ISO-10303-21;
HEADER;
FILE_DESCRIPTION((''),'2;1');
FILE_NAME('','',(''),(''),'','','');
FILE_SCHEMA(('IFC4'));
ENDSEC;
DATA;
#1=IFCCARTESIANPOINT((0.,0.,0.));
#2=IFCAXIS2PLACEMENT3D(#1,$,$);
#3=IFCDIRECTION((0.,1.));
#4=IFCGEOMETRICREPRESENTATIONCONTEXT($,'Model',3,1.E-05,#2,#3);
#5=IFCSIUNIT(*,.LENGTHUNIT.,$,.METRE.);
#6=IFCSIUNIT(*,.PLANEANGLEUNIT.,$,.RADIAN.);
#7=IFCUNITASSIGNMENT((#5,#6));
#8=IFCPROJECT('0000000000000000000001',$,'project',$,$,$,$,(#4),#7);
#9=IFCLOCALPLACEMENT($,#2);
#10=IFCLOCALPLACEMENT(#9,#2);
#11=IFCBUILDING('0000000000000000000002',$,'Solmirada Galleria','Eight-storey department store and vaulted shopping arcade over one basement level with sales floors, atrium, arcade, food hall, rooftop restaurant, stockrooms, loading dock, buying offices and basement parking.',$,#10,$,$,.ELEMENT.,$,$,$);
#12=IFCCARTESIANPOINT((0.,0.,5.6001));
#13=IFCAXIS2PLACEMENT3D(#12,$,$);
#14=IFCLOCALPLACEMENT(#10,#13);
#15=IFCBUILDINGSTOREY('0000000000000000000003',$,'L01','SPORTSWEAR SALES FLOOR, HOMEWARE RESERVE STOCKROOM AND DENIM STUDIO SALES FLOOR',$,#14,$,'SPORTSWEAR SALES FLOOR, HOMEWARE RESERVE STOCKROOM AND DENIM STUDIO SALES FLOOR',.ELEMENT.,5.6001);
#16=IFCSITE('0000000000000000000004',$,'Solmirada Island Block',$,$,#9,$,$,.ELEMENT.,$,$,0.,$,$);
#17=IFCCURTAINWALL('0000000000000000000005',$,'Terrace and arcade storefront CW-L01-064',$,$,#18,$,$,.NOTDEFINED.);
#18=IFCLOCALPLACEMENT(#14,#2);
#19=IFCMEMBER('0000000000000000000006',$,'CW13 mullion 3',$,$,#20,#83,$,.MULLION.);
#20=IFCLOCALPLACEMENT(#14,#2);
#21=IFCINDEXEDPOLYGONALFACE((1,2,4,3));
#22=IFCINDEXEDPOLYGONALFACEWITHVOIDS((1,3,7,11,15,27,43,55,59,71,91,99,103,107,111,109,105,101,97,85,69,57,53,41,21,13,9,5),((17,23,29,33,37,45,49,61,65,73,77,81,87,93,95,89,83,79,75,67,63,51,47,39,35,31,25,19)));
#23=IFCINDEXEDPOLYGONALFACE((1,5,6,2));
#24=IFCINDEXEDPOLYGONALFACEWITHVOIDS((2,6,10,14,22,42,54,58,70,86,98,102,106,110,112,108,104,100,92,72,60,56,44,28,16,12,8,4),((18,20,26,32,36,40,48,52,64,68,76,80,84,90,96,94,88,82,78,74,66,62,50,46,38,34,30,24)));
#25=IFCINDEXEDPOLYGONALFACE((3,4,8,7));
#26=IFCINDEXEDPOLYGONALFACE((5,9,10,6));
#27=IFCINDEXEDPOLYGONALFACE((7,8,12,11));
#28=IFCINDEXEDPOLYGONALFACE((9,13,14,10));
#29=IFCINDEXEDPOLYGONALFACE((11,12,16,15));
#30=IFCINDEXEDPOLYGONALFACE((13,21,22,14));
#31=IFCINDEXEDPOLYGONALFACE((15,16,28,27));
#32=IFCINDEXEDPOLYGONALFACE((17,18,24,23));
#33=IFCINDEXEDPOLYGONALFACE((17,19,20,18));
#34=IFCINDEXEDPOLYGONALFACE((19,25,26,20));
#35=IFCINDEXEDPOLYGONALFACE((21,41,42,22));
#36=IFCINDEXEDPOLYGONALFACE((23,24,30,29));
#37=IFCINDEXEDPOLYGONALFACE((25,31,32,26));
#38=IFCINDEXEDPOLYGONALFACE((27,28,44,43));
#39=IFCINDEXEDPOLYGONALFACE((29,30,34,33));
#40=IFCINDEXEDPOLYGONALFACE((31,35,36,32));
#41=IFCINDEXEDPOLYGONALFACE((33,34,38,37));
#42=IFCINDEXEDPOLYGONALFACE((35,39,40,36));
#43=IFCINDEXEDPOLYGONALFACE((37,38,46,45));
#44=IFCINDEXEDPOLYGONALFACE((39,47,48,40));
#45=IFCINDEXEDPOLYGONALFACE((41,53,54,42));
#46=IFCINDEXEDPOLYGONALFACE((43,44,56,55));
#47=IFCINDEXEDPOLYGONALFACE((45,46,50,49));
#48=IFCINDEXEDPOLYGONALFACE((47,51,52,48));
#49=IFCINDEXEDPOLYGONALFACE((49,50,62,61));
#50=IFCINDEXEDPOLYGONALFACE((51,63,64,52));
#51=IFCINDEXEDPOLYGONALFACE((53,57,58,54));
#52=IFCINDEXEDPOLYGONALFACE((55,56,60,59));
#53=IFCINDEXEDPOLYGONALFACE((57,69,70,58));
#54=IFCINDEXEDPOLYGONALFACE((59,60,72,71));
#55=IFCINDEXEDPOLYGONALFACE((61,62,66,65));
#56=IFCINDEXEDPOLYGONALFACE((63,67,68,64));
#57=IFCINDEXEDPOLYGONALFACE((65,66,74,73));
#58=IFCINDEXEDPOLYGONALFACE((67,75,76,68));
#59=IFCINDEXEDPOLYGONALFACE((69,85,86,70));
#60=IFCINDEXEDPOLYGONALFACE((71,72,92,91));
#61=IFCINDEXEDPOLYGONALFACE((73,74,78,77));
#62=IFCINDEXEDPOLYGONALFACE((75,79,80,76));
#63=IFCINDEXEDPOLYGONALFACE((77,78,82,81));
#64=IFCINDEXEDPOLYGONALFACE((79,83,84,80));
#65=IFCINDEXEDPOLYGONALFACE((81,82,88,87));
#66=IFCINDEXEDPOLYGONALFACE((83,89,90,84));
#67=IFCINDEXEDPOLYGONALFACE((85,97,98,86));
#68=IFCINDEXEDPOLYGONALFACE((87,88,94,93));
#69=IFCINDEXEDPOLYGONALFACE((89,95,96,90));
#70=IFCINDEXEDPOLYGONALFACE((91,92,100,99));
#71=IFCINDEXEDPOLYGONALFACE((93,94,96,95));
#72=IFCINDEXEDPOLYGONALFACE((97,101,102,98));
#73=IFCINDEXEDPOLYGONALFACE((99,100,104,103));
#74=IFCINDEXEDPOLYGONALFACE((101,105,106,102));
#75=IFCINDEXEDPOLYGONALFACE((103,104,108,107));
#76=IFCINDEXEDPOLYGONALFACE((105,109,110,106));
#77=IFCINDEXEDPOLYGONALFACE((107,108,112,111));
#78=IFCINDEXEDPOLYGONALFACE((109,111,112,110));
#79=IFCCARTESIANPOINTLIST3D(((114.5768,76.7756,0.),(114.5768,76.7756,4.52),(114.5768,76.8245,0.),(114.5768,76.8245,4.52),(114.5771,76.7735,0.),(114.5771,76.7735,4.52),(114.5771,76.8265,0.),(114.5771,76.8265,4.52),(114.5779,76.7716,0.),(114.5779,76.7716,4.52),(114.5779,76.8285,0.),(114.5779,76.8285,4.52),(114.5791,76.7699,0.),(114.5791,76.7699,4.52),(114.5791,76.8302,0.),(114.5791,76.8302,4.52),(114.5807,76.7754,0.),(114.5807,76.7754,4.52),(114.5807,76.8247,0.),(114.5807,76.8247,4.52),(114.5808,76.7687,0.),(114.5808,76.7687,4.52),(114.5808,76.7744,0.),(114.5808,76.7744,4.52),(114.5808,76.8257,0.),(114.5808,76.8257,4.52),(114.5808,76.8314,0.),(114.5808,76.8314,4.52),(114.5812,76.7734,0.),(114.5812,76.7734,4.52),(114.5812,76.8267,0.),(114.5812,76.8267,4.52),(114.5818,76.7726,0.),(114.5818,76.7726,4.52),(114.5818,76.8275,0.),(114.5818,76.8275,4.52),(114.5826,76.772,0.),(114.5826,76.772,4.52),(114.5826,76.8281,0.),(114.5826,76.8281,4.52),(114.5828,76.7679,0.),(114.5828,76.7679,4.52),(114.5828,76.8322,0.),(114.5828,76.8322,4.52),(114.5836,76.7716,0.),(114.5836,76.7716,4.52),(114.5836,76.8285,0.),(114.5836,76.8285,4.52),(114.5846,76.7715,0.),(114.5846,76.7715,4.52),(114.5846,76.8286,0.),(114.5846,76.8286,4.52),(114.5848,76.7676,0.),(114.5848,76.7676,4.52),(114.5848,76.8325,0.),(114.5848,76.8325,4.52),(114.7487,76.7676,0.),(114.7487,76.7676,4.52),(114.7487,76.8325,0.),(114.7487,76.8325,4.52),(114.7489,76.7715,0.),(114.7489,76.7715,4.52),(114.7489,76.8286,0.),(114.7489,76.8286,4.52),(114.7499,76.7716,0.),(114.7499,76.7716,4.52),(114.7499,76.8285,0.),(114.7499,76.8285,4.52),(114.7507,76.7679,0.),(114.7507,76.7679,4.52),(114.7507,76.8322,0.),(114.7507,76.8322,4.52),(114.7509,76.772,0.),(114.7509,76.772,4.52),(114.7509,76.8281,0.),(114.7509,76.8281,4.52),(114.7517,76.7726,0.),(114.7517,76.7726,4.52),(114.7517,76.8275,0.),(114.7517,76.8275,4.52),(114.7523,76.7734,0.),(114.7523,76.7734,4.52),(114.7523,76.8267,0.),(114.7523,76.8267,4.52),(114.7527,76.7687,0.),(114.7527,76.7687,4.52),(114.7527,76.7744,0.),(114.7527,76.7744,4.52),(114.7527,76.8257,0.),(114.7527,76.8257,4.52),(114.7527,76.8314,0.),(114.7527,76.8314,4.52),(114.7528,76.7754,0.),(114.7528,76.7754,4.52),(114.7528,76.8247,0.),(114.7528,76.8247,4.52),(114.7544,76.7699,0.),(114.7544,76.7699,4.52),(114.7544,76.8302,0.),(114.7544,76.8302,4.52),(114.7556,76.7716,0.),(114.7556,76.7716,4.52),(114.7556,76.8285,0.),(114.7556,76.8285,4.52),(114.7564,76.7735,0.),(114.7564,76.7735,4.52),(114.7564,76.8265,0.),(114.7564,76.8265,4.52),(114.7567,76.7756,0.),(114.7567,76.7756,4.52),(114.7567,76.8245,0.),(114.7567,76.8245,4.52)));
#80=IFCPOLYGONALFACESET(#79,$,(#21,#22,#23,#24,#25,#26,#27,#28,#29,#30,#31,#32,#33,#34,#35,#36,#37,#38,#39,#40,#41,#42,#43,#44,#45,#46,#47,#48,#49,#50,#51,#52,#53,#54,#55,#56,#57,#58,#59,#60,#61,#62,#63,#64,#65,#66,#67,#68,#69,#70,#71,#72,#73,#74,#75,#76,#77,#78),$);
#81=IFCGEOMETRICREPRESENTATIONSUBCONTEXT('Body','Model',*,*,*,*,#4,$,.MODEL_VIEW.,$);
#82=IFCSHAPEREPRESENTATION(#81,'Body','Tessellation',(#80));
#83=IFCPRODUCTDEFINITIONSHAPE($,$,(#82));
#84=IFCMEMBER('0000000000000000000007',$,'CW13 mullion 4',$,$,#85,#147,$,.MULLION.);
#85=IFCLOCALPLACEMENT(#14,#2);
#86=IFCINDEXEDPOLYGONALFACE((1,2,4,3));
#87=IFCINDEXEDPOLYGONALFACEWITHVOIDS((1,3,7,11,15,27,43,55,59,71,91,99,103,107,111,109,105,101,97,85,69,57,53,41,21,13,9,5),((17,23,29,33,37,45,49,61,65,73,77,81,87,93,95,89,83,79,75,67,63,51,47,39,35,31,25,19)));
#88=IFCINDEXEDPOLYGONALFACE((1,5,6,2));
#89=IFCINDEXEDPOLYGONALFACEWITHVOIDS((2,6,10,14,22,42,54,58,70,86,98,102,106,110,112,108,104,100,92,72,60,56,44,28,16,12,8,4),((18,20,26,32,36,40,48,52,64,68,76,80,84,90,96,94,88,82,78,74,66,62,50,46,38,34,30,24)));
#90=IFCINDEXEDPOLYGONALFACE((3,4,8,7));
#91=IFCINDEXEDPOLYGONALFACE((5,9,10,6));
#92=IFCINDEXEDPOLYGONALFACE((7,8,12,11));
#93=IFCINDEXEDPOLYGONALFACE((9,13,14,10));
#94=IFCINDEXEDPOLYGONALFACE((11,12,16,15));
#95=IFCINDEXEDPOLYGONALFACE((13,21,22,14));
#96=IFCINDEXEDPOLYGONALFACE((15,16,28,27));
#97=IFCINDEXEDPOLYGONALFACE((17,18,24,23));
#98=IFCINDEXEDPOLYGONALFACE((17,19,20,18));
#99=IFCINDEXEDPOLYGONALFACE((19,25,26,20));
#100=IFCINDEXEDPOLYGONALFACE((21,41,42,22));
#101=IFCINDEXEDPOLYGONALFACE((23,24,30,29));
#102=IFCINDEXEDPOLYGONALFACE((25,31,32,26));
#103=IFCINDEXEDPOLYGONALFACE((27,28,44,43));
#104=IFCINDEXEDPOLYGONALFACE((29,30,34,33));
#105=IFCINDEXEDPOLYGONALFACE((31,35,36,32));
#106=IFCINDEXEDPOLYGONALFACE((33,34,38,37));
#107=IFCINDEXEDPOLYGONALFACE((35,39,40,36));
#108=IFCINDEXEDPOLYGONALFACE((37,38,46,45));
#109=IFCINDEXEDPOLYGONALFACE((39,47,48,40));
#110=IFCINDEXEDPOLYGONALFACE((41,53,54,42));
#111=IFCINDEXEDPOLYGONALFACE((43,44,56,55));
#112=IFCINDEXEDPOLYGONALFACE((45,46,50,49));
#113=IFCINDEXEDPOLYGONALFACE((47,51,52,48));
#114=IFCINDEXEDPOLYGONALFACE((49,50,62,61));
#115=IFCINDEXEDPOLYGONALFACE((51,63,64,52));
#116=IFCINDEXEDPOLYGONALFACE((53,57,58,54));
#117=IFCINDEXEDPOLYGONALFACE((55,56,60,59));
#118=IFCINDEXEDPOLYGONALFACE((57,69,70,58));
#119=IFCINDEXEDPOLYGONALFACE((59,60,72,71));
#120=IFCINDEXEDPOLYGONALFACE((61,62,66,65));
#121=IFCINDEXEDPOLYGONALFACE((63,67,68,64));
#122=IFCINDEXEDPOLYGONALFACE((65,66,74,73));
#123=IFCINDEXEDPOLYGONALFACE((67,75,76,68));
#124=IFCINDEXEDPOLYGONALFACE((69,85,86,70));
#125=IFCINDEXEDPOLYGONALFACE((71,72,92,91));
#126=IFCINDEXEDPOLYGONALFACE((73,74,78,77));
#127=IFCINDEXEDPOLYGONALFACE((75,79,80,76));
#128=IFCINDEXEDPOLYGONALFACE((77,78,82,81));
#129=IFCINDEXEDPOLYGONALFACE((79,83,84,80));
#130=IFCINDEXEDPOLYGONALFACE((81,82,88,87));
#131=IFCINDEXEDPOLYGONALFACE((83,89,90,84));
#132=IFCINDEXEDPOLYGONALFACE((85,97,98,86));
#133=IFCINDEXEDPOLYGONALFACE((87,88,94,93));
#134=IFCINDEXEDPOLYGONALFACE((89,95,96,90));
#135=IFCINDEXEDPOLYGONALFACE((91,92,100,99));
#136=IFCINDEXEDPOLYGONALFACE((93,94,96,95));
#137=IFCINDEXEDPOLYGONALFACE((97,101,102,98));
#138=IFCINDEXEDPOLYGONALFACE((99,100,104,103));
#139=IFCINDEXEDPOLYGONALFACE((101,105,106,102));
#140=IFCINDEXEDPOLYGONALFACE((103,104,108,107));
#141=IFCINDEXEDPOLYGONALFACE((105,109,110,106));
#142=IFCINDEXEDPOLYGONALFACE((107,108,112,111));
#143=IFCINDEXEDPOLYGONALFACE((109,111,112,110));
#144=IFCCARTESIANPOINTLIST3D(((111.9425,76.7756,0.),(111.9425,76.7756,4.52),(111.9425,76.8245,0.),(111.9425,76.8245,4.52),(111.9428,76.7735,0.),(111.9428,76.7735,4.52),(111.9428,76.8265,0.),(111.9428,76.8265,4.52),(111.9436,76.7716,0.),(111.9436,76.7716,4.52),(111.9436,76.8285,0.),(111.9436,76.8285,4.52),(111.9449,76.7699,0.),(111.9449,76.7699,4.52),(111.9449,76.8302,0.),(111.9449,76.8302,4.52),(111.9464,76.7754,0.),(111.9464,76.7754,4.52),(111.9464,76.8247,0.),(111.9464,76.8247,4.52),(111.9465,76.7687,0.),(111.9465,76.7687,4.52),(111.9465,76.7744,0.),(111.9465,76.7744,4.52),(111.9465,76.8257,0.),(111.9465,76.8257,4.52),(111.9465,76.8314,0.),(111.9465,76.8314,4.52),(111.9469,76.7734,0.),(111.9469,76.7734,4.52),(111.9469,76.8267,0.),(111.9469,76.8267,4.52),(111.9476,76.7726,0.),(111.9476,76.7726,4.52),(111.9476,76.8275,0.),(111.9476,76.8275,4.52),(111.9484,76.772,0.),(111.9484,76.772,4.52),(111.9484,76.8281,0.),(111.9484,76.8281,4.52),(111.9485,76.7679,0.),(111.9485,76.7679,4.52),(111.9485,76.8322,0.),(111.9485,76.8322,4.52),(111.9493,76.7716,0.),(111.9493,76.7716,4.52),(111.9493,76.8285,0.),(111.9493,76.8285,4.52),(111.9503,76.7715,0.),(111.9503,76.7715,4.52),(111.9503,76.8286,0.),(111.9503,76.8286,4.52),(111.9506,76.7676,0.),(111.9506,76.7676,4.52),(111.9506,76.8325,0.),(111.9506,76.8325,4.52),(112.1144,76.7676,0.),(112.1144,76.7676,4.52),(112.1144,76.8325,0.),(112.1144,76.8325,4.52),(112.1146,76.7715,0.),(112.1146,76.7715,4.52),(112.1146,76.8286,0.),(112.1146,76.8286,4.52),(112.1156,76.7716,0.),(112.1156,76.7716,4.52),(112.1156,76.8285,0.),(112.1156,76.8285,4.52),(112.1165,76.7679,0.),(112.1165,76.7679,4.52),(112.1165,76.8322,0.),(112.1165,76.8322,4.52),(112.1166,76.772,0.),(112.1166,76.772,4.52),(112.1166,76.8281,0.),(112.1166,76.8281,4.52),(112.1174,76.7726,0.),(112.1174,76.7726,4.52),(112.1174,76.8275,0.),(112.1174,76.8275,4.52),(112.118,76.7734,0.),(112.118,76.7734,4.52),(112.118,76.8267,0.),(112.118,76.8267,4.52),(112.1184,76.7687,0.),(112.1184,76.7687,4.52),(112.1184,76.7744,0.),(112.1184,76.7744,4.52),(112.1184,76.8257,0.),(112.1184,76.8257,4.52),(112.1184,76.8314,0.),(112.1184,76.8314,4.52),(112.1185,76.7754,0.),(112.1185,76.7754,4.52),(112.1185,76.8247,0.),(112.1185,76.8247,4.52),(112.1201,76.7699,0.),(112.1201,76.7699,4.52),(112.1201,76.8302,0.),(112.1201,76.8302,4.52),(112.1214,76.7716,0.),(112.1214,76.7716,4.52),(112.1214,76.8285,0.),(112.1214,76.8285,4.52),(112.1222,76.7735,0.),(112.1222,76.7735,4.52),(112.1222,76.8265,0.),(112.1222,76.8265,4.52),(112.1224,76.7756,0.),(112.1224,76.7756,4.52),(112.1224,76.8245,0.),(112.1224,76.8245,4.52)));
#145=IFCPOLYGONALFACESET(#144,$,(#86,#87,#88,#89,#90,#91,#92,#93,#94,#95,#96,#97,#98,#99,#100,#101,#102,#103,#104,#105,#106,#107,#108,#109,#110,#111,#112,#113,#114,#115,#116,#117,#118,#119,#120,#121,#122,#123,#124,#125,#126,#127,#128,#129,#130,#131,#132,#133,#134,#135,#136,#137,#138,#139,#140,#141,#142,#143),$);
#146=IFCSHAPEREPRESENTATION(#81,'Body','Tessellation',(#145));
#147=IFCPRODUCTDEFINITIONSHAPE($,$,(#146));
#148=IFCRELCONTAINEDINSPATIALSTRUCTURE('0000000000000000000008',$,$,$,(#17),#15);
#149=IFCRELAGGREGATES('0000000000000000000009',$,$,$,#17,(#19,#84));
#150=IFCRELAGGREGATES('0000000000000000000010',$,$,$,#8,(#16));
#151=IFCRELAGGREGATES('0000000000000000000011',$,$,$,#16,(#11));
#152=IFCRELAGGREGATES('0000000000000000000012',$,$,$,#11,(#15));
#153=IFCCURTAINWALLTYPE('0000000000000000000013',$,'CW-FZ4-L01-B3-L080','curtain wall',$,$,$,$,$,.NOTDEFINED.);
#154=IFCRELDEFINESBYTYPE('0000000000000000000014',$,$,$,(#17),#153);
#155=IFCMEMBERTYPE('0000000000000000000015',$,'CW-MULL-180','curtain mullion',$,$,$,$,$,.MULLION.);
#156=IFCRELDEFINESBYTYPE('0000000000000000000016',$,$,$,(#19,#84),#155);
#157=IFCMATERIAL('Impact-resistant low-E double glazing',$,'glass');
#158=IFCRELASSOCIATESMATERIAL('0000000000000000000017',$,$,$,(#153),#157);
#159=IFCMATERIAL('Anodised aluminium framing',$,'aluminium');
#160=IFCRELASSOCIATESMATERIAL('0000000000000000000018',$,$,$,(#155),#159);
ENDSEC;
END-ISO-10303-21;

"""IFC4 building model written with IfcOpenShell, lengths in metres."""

from ifc_helpers import new_model, si_unit, direction, frame, origin, origin_2d, place, context, subcontext, project, spatial, hollow_rectangle, extrude, material, material_profile, profile_set, type_object, element, aggregate, save


model = new_model("IFC4")

# Units and contexts
model_context = context("Model", 3, precision=1e-05, world=origin(), true_north=direction((0.0, 1.0)))
body_context = subcontext(model_context, "Body", "Model", "MODEL_VIEW")
ifc_project = project(units=[si_unit("LENGTHUNIT", "METRE"), si_unit("PLANEANGLEUNIT", "RADIAN")], contexts=[model_context])

# Site, building, storey
site_placement = place(None, origin())
site = spatial("IfcSite", under=ifc_project, at=site_placement, Name="Solmirada Island Block", CompositionType="ELEMENT", RefElevation=0.0)
building_placement = place(site_placement, origin())
building = spatial("IfcBuilding", under=site, at=building_placement, Name="Solmirada Galleria", Description="Eight-storey department store and vaulted shopping arcade over one basement level with sales floors, atrium, arcade, food hall, rooftop restaurant, stockrooms, loading dock, buying offices and basement parking.", CompositionType="ELEMENT")
storey_placement = place(building_placement, frame((0.0, 0.0, 5.6001)))
storey = spatial("IfcBuildingStorey", under=building, at=storey_placement, Name="L01", Description="SPORTSWEAR SALES FLOOR, HOMEWARE RESERVE STOCKROOM AND DENIM STUDIO SALES FLOOR", LongName="SPORTSWEAR SALES FLOOR, HOMEWARE RESERVE STOCKROOM AND DENIM STUDIO SALES FLOOR", CompositionType="ELEMENT", Elevation=5.6001)

# Curtain wall, members
ifc_material_1 = material(Name="Impact-resistant low-E double glazing", Category="glass")
curtain_wall_type_1 = type_object("IfcCurtainWallType", Name="CW-FZ4-L01-B3-L080", Description="curtain wall", PredefinedType="NOTDEFINED", material=ifc_material_1)
curtain_wall_1_placement = place(storey_placement, origin())
curtain_wall_1 = element("IfcCurtainWall", 1, at=curtain_wall_1_placement, inside=storey, type_object=curtain_wall_type_1, Name="Terrace and arcade storefront CW-L01-064", PredefinedType="NOTDEFINED")
ifc_material_2 = material(Name="Anodised aluminium framing", Category="aluminium")
ifc_material_profile_1 = material_profile(ifc_material_2, hollow_rectangle(XDim=0.0649, YDim=0.1799, WallThickness=0.0039, InnerFilletRadius=0.0039, OuterFilletRadius=0.0081, at=origin_2d()), Name="ALU-MULL-180X65")
ifc_profile_set_1 = profile_set([ifc_material_profile_1], Name="Anodised aluminium framing")
member_type_1 = type_object("IfcMemberType", Name="CW-MULL-180", Description="curtain mullion", PredefinedType="MULLION", material=ifc_profile_set_1)
member_1_placement = place(storey_placement, frame((114.6667, 76.8, 0.0), z_axis=(0.0, 0.0, 1.0), x_axis=(0.0, -1.0, 0.0)))
member_1 = element("IfcMember", 2, at=member_1_placement, type_object=member_type_1, Name="CW13 mullion 3", PredefinedType="MULLION", context=body_context, shape_type="SweptSolid", body=[
    extrude(hollow_rectangle(XDim=0.0649, YDim=0.1799, WallThickness=0.0039, InnerFilletRadius=0.0039, OuterFilletRadius=0.0081, at=origin_2d()), origin(), (0.0, 0.0, 1.0), 4.52),
])
member_2_placement = place(storey_placement, frame((112.0325, 76.8, 0.0), z_axis=(0.0, 0.0, 1.0), x_axis=(0.0, -1.0, 0.0)))
member_2 = element("IfcMember", 3, at=member_2_placement, type_object=member_type_1, Name="CW13 mullion 4", PredefinedType="MULLION", context=body_context, shape_type="SweptSolid", body=[
    extrude(hollow_rectangle(XDim=0.0649, YDim=0.1799, WallThickness=0.0039, InnerFilletRadius=0.0039, OuterFilletRadius=0.0081, at=origin_2d()), origin(), (0.0, 0.0, 1.0), 4.52),
])

aggregate(curtain_wall_1, [member_1, member_2])

save(model, "model.ifc")
